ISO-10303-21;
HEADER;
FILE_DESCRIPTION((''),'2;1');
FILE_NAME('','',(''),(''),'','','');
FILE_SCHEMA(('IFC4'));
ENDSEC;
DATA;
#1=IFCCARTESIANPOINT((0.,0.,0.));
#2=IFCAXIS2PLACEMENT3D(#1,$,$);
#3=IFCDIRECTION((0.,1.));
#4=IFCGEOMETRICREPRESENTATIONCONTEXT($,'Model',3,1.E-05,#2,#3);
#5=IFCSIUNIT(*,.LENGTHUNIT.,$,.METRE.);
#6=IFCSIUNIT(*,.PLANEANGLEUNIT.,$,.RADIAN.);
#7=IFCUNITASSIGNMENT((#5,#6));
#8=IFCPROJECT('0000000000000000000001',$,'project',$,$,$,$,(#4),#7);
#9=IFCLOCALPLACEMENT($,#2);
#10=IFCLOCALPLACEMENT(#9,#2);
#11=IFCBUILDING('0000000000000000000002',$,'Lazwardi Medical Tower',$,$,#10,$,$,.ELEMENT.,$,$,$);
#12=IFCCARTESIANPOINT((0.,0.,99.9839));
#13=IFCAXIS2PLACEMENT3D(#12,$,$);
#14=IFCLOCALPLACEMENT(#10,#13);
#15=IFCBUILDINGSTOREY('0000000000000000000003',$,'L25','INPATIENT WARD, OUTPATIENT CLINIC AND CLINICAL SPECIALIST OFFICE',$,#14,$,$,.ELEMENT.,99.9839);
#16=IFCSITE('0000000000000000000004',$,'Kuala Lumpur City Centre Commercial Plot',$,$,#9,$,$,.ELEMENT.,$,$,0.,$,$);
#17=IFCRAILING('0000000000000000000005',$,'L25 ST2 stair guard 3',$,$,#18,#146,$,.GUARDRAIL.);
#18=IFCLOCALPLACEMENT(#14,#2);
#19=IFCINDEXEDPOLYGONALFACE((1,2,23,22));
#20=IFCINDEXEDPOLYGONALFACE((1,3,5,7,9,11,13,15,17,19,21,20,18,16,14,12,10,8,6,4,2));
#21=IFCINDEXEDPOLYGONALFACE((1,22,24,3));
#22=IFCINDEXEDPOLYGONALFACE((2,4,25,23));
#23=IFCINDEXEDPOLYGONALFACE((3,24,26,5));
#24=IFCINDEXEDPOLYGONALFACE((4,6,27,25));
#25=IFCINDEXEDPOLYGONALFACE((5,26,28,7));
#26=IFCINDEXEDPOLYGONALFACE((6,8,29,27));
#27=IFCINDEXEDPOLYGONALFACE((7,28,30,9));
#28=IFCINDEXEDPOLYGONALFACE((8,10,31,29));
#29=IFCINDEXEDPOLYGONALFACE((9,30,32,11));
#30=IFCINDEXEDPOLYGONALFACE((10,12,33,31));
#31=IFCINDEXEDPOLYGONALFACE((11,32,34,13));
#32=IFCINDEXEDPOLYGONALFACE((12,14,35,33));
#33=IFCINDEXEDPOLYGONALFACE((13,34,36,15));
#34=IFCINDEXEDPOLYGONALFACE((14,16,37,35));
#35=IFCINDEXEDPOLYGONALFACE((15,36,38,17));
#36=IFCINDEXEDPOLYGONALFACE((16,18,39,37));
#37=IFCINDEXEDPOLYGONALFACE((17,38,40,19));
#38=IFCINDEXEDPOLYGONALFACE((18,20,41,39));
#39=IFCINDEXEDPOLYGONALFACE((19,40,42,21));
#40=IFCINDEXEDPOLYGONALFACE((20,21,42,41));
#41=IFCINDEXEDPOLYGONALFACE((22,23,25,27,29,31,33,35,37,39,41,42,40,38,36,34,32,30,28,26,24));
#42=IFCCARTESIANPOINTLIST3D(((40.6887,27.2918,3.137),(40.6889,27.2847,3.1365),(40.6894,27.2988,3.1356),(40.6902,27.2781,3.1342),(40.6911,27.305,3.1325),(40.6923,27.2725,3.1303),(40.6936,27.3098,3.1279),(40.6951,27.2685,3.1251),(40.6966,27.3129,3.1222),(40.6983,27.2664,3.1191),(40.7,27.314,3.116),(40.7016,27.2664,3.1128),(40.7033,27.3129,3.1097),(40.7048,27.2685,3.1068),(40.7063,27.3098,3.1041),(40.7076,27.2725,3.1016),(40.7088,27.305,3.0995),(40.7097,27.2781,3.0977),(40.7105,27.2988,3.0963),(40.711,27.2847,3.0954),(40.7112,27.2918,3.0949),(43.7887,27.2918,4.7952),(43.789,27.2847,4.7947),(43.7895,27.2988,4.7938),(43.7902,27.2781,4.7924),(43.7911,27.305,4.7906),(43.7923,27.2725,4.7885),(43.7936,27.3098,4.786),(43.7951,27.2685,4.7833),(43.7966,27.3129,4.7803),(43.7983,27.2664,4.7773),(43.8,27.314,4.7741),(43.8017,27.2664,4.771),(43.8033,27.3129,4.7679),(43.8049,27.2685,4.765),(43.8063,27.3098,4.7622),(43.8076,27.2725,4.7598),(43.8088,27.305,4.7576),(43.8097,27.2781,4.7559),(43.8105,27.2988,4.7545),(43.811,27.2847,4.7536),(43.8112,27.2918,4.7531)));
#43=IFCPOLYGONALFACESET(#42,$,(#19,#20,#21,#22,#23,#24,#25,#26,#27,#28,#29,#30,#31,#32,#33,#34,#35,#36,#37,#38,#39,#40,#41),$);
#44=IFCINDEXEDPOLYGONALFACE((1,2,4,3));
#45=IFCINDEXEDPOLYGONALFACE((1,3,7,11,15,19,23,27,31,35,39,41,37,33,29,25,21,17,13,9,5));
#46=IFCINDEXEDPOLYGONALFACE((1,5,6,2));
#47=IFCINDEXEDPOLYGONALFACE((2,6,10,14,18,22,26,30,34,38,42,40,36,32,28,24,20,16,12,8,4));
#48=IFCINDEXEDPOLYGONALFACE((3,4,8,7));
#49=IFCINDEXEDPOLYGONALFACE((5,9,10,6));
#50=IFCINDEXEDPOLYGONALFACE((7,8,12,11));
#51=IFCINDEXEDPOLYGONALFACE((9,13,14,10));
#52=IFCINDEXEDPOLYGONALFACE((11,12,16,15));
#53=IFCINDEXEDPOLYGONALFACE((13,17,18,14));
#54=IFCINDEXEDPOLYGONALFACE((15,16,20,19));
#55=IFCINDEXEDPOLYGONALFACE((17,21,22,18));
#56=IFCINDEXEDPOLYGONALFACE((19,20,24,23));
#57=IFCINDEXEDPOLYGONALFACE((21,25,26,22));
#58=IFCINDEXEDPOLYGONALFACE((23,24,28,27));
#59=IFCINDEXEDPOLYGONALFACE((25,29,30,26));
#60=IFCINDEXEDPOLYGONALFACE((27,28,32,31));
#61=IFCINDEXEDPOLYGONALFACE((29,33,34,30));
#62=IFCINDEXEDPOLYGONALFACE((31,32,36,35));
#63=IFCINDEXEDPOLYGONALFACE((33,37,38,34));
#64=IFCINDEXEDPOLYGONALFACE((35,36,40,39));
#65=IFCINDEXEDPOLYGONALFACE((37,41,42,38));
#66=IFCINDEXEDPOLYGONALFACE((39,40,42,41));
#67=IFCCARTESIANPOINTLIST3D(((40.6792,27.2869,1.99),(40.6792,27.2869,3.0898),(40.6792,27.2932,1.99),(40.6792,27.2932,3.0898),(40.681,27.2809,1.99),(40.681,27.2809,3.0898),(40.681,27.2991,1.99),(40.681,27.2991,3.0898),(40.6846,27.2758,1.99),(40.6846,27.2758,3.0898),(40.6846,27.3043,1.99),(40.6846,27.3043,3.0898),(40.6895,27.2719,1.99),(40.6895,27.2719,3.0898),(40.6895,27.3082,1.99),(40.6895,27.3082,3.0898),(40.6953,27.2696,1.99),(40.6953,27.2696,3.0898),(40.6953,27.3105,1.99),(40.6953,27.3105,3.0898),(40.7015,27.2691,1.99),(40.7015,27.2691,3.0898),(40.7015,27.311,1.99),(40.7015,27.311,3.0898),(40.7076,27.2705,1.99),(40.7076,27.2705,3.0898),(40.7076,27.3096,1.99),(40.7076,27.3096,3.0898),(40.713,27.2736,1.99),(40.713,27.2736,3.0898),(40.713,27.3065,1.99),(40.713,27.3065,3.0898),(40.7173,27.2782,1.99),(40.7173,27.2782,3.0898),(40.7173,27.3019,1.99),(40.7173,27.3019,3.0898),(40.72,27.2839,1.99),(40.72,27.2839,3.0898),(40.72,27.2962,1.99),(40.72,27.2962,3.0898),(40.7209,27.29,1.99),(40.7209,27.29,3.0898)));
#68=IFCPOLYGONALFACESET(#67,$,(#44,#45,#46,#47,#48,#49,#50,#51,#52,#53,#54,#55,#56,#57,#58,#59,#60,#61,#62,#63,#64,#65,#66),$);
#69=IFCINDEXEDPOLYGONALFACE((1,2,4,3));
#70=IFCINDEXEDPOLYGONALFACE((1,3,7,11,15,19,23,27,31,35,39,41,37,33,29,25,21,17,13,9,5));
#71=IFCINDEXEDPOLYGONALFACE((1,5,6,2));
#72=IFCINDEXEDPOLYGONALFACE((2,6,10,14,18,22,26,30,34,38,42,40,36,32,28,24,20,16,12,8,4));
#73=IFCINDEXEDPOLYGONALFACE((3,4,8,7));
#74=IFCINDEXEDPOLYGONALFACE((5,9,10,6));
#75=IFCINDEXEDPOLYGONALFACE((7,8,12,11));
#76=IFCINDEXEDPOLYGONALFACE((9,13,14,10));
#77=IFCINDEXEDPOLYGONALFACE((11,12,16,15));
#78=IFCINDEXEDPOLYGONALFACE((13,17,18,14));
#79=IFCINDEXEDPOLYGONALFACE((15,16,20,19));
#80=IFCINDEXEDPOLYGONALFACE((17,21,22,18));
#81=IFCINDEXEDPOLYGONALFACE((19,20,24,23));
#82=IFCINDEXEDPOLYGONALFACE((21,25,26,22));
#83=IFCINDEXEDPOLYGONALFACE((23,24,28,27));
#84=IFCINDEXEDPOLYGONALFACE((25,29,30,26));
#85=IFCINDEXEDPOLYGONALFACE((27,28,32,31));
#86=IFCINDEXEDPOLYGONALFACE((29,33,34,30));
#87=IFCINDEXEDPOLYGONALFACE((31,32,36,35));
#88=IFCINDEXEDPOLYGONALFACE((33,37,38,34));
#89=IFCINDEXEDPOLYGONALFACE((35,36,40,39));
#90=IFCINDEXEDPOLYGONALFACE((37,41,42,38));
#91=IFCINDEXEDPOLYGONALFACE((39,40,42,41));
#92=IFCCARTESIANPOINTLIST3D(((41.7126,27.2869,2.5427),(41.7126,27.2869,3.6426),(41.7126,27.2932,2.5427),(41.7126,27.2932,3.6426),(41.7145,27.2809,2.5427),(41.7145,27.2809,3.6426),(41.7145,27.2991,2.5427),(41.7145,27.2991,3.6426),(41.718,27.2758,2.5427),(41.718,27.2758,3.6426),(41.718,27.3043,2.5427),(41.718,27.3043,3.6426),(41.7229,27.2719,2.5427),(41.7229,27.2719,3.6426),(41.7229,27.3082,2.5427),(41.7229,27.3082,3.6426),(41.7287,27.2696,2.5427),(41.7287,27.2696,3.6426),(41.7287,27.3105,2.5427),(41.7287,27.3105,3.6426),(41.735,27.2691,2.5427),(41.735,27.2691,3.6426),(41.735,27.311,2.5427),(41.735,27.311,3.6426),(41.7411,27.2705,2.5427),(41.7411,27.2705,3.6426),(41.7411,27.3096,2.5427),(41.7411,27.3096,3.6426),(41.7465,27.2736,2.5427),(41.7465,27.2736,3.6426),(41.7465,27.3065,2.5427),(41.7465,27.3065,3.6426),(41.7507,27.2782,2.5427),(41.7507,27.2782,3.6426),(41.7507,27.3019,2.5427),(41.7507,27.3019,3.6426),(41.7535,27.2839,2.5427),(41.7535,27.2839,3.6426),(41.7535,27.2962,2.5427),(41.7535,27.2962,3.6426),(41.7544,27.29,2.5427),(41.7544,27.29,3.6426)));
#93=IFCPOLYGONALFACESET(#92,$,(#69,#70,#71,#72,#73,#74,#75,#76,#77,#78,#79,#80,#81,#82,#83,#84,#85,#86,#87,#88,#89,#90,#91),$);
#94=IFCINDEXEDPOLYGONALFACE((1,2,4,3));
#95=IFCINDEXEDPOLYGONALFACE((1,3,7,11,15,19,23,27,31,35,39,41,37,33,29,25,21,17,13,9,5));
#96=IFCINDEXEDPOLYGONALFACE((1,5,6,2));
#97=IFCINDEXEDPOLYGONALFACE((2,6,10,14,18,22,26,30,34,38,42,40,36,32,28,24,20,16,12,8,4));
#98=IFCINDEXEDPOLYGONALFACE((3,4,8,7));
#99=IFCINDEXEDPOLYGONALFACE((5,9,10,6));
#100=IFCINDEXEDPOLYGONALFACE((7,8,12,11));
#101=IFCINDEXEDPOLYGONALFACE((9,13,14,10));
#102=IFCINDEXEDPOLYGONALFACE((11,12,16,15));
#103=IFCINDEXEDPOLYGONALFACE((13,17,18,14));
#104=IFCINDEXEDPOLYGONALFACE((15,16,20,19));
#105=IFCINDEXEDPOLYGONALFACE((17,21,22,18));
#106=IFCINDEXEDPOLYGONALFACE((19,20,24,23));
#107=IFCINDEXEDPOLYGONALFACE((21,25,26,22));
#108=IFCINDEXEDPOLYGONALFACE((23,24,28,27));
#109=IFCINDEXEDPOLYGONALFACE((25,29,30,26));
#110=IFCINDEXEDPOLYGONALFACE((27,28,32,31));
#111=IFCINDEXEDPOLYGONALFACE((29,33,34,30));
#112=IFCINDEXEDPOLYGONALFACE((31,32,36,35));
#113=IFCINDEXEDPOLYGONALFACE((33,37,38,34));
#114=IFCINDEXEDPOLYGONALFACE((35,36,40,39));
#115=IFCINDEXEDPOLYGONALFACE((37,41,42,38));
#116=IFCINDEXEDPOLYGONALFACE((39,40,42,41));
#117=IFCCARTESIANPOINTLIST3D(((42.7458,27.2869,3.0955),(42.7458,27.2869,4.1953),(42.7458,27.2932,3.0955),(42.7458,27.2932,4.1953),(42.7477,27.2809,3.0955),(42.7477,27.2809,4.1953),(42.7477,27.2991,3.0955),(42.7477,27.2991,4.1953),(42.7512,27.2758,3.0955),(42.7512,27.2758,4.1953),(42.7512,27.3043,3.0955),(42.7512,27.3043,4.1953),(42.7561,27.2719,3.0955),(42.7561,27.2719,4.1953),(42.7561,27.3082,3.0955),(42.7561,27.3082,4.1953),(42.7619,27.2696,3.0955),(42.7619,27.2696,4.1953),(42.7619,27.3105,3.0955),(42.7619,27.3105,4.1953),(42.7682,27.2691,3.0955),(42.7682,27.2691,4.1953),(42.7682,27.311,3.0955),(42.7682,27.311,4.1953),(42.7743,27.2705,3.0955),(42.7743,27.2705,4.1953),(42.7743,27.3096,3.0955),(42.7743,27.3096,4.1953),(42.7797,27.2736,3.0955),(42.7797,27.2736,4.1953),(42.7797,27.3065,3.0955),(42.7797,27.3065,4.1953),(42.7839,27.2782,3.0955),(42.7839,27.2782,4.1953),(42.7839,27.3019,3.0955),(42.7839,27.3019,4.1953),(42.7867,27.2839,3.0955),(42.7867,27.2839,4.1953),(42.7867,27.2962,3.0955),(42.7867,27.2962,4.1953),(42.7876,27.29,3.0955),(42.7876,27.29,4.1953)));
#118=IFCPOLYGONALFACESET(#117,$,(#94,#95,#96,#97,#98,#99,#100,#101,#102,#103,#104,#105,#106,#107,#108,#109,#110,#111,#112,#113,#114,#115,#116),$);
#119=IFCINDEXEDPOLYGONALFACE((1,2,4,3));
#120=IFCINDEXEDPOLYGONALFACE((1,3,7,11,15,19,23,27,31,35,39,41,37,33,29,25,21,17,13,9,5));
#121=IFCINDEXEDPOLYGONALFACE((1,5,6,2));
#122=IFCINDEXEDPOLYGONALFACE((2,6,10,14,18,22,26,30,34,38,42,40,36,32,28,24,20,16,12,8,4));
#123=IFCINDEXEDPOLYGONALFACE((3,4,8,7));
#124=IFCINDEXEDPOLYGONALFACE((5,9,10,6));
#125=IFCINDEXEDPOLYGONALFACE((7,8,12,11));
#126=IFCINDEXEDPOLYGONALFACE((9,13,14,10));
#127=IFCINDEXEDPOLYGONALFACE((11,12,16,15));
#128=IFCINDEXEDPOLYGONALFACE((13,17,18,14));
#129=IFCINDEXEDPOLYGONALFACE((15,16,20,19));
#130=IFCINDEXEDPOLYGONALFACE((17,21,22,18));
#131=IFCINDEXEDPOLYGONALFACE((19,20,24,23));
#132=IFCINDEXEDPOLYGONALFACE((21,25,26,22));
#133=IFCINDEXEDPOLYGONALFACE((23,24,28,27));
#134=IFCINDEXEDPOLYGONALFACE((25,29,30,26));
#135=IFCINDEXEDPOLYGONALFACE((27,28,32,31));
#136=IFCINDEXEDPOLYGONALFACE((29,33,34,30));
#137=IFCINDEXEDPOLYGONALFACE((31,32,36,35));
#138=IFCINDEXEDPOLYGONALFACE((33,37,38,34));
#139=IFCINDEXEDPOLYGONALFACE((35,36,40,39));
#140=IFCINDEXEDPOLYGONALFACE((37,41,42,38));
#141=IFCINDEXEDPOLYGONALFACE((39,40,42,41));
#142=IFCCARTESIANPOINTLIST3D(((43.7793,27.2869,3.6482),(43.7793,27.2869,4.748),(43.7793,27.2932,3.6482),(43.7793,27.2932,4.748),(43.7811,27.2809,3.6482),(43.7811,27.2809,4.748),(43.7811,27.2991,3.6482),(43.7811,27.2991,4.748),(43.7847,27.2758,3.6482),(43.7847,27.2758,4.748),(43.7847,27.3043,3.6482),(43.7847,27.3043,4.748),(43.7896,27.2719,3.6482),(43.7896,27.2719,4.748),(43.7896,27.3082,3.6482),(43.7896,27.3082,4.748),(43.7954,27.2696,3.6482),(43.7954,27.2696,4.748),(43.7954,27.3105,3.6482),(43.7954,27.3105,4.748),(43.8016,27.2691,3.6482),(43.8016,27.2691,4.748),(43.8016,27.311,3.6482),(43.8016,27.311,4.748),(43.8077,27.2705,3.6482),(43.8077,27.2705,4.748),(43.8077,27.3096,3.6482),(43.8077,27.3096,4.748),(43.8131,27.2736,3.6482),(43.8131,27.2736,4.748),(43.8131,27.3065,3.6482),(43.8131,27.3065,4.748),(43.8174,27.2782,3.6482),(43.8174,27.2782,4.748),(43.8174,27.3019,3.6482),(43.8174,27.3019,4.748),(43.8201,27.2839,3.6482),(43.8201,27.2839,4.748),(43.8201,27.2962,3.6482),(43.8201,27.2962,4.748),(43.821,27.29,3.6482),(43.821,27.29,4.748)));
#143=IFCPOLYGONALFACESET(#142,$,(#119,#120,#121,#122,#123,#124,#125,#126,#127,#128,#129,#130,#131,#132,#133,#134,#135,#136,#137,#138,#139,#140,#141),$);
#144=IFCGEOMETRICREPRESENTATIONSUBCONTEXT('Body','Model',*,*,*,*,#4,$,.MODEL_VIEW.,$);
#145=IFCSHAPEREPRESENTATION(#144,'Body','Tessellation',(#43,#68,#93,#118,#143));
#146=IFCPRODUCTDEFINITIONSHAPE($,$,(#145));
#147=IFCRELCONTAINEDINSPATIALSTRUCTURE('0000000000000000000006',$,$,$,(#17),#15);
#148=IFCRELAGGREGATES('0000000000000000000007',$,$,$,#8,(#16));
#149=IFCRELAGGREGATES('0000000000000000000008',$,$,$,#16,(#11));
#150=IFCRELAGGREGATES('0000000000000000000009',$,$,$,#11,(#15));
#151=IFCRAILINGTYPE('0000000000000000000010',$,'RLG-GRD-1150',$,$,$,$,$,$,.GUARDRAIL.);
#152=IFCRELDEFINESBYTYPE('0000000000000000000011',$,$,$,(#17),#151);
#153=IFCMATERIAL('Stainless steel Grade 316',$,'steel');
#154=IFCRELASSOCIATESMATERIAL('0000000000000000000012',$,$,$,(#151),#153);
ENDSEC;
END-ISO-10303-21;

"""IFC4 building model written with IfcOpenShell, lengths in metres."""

from ifc_helpers import new_model, si_unit, direction, frame, origin, origin_2d, place, context, subcontext, project, spatial, circle, extrude, material, type_object, element, save


model = new_model("IFC4")

# Units and contexts
model_context = context("Model", 3, precision=1e-05, world=origin(), true_north=direction((0.0, 1.0)))
body_context = subcontext(model_context, "Body", "Model", "MODEL_VIEW")
ifc_project = project(units=[si_unit("LENGTHUNIT", "METRE"), si_unit("PLANEANGLEUNIT", "RADIAN")], contexts=[model_context])

# Site, building, storey
site_placement = place(None, origin())
site = spatial("IfcSite", under=ifc_project, at=site_placement, Name="Kuala Lumpur City Centre Commercial Plot", CompositionType="ELEMENT", RefElevation=0.0)
building_placement = place(site_placement, origin())
building = spatial("IfcBuilding", under=site, at=building_placement, Name="Lazwardi Medical Tower", CompositionType="ELEMENT")
storey_placement = place(building_placement, frame((0.0, 0.0, 99.9839)))
storey = spatial("IfcBuildingStorey", under=building, at=storey_placement, Name="L25", Description="INPATIENT WARD, OUTPATIENT CLINIC AND CLINICAL SPECIALIST OFFICE", CompositionType="ELEMENT", Elevation=99.9839)

# Railing
ifc_material_1 = material(Name="Stainless steel Grade 316", Category="steel")
railing_type_1 = type_object("IfcRailingType", Name="RLG-GRD-1150", PredefinedType="GUARDRAIL", material=ifc_material_1)
railing_1_placement = place(storey_placement, frame((40.7, 27.29, 1.99)))
element("IfcRailing", 1, at=railing_1_placement, inside=storey, type_object=railing_type_1, Name="L25 ST2 stair guard 3", PredefinedType="GUARDRAIL", context=body_context, shape_type="SweptSolid", body=[
    extrude(circle(Radius=0.0239, at=origin_2d()), frame((0.0, 0.0, 1.126), z_axis=(0.881783, 0.0, 0.471655), x_axis=(0.0, 1.0, 0.0)), (0.0, 0.0, 1.0), 3.5156),
    extrude(circle(Radius=0.021, at=origin_2d()), origin(), (0.0, 0.0, 1.0), 1.0999),
    extrude(circle(Radius=0.021, at=origin_2d()), frame((1.0334, 0.0, 0.5527)), (0.0, 0.0, 1.0), 1.0999),
    extrude(circle(Radius=0.021, at=origin_2d()), frame((2.0667, 0.0, 1.1055)), (0.0, 0.0, 1.0), 1.0999),
    extrude(circle(Radius=0.021, at=origin_2d()), frame((3.1001, 0.0, 1.6582)), (0.0, 0.0, 1.0), 1.0999),
])

save(model, "model.ifc")
